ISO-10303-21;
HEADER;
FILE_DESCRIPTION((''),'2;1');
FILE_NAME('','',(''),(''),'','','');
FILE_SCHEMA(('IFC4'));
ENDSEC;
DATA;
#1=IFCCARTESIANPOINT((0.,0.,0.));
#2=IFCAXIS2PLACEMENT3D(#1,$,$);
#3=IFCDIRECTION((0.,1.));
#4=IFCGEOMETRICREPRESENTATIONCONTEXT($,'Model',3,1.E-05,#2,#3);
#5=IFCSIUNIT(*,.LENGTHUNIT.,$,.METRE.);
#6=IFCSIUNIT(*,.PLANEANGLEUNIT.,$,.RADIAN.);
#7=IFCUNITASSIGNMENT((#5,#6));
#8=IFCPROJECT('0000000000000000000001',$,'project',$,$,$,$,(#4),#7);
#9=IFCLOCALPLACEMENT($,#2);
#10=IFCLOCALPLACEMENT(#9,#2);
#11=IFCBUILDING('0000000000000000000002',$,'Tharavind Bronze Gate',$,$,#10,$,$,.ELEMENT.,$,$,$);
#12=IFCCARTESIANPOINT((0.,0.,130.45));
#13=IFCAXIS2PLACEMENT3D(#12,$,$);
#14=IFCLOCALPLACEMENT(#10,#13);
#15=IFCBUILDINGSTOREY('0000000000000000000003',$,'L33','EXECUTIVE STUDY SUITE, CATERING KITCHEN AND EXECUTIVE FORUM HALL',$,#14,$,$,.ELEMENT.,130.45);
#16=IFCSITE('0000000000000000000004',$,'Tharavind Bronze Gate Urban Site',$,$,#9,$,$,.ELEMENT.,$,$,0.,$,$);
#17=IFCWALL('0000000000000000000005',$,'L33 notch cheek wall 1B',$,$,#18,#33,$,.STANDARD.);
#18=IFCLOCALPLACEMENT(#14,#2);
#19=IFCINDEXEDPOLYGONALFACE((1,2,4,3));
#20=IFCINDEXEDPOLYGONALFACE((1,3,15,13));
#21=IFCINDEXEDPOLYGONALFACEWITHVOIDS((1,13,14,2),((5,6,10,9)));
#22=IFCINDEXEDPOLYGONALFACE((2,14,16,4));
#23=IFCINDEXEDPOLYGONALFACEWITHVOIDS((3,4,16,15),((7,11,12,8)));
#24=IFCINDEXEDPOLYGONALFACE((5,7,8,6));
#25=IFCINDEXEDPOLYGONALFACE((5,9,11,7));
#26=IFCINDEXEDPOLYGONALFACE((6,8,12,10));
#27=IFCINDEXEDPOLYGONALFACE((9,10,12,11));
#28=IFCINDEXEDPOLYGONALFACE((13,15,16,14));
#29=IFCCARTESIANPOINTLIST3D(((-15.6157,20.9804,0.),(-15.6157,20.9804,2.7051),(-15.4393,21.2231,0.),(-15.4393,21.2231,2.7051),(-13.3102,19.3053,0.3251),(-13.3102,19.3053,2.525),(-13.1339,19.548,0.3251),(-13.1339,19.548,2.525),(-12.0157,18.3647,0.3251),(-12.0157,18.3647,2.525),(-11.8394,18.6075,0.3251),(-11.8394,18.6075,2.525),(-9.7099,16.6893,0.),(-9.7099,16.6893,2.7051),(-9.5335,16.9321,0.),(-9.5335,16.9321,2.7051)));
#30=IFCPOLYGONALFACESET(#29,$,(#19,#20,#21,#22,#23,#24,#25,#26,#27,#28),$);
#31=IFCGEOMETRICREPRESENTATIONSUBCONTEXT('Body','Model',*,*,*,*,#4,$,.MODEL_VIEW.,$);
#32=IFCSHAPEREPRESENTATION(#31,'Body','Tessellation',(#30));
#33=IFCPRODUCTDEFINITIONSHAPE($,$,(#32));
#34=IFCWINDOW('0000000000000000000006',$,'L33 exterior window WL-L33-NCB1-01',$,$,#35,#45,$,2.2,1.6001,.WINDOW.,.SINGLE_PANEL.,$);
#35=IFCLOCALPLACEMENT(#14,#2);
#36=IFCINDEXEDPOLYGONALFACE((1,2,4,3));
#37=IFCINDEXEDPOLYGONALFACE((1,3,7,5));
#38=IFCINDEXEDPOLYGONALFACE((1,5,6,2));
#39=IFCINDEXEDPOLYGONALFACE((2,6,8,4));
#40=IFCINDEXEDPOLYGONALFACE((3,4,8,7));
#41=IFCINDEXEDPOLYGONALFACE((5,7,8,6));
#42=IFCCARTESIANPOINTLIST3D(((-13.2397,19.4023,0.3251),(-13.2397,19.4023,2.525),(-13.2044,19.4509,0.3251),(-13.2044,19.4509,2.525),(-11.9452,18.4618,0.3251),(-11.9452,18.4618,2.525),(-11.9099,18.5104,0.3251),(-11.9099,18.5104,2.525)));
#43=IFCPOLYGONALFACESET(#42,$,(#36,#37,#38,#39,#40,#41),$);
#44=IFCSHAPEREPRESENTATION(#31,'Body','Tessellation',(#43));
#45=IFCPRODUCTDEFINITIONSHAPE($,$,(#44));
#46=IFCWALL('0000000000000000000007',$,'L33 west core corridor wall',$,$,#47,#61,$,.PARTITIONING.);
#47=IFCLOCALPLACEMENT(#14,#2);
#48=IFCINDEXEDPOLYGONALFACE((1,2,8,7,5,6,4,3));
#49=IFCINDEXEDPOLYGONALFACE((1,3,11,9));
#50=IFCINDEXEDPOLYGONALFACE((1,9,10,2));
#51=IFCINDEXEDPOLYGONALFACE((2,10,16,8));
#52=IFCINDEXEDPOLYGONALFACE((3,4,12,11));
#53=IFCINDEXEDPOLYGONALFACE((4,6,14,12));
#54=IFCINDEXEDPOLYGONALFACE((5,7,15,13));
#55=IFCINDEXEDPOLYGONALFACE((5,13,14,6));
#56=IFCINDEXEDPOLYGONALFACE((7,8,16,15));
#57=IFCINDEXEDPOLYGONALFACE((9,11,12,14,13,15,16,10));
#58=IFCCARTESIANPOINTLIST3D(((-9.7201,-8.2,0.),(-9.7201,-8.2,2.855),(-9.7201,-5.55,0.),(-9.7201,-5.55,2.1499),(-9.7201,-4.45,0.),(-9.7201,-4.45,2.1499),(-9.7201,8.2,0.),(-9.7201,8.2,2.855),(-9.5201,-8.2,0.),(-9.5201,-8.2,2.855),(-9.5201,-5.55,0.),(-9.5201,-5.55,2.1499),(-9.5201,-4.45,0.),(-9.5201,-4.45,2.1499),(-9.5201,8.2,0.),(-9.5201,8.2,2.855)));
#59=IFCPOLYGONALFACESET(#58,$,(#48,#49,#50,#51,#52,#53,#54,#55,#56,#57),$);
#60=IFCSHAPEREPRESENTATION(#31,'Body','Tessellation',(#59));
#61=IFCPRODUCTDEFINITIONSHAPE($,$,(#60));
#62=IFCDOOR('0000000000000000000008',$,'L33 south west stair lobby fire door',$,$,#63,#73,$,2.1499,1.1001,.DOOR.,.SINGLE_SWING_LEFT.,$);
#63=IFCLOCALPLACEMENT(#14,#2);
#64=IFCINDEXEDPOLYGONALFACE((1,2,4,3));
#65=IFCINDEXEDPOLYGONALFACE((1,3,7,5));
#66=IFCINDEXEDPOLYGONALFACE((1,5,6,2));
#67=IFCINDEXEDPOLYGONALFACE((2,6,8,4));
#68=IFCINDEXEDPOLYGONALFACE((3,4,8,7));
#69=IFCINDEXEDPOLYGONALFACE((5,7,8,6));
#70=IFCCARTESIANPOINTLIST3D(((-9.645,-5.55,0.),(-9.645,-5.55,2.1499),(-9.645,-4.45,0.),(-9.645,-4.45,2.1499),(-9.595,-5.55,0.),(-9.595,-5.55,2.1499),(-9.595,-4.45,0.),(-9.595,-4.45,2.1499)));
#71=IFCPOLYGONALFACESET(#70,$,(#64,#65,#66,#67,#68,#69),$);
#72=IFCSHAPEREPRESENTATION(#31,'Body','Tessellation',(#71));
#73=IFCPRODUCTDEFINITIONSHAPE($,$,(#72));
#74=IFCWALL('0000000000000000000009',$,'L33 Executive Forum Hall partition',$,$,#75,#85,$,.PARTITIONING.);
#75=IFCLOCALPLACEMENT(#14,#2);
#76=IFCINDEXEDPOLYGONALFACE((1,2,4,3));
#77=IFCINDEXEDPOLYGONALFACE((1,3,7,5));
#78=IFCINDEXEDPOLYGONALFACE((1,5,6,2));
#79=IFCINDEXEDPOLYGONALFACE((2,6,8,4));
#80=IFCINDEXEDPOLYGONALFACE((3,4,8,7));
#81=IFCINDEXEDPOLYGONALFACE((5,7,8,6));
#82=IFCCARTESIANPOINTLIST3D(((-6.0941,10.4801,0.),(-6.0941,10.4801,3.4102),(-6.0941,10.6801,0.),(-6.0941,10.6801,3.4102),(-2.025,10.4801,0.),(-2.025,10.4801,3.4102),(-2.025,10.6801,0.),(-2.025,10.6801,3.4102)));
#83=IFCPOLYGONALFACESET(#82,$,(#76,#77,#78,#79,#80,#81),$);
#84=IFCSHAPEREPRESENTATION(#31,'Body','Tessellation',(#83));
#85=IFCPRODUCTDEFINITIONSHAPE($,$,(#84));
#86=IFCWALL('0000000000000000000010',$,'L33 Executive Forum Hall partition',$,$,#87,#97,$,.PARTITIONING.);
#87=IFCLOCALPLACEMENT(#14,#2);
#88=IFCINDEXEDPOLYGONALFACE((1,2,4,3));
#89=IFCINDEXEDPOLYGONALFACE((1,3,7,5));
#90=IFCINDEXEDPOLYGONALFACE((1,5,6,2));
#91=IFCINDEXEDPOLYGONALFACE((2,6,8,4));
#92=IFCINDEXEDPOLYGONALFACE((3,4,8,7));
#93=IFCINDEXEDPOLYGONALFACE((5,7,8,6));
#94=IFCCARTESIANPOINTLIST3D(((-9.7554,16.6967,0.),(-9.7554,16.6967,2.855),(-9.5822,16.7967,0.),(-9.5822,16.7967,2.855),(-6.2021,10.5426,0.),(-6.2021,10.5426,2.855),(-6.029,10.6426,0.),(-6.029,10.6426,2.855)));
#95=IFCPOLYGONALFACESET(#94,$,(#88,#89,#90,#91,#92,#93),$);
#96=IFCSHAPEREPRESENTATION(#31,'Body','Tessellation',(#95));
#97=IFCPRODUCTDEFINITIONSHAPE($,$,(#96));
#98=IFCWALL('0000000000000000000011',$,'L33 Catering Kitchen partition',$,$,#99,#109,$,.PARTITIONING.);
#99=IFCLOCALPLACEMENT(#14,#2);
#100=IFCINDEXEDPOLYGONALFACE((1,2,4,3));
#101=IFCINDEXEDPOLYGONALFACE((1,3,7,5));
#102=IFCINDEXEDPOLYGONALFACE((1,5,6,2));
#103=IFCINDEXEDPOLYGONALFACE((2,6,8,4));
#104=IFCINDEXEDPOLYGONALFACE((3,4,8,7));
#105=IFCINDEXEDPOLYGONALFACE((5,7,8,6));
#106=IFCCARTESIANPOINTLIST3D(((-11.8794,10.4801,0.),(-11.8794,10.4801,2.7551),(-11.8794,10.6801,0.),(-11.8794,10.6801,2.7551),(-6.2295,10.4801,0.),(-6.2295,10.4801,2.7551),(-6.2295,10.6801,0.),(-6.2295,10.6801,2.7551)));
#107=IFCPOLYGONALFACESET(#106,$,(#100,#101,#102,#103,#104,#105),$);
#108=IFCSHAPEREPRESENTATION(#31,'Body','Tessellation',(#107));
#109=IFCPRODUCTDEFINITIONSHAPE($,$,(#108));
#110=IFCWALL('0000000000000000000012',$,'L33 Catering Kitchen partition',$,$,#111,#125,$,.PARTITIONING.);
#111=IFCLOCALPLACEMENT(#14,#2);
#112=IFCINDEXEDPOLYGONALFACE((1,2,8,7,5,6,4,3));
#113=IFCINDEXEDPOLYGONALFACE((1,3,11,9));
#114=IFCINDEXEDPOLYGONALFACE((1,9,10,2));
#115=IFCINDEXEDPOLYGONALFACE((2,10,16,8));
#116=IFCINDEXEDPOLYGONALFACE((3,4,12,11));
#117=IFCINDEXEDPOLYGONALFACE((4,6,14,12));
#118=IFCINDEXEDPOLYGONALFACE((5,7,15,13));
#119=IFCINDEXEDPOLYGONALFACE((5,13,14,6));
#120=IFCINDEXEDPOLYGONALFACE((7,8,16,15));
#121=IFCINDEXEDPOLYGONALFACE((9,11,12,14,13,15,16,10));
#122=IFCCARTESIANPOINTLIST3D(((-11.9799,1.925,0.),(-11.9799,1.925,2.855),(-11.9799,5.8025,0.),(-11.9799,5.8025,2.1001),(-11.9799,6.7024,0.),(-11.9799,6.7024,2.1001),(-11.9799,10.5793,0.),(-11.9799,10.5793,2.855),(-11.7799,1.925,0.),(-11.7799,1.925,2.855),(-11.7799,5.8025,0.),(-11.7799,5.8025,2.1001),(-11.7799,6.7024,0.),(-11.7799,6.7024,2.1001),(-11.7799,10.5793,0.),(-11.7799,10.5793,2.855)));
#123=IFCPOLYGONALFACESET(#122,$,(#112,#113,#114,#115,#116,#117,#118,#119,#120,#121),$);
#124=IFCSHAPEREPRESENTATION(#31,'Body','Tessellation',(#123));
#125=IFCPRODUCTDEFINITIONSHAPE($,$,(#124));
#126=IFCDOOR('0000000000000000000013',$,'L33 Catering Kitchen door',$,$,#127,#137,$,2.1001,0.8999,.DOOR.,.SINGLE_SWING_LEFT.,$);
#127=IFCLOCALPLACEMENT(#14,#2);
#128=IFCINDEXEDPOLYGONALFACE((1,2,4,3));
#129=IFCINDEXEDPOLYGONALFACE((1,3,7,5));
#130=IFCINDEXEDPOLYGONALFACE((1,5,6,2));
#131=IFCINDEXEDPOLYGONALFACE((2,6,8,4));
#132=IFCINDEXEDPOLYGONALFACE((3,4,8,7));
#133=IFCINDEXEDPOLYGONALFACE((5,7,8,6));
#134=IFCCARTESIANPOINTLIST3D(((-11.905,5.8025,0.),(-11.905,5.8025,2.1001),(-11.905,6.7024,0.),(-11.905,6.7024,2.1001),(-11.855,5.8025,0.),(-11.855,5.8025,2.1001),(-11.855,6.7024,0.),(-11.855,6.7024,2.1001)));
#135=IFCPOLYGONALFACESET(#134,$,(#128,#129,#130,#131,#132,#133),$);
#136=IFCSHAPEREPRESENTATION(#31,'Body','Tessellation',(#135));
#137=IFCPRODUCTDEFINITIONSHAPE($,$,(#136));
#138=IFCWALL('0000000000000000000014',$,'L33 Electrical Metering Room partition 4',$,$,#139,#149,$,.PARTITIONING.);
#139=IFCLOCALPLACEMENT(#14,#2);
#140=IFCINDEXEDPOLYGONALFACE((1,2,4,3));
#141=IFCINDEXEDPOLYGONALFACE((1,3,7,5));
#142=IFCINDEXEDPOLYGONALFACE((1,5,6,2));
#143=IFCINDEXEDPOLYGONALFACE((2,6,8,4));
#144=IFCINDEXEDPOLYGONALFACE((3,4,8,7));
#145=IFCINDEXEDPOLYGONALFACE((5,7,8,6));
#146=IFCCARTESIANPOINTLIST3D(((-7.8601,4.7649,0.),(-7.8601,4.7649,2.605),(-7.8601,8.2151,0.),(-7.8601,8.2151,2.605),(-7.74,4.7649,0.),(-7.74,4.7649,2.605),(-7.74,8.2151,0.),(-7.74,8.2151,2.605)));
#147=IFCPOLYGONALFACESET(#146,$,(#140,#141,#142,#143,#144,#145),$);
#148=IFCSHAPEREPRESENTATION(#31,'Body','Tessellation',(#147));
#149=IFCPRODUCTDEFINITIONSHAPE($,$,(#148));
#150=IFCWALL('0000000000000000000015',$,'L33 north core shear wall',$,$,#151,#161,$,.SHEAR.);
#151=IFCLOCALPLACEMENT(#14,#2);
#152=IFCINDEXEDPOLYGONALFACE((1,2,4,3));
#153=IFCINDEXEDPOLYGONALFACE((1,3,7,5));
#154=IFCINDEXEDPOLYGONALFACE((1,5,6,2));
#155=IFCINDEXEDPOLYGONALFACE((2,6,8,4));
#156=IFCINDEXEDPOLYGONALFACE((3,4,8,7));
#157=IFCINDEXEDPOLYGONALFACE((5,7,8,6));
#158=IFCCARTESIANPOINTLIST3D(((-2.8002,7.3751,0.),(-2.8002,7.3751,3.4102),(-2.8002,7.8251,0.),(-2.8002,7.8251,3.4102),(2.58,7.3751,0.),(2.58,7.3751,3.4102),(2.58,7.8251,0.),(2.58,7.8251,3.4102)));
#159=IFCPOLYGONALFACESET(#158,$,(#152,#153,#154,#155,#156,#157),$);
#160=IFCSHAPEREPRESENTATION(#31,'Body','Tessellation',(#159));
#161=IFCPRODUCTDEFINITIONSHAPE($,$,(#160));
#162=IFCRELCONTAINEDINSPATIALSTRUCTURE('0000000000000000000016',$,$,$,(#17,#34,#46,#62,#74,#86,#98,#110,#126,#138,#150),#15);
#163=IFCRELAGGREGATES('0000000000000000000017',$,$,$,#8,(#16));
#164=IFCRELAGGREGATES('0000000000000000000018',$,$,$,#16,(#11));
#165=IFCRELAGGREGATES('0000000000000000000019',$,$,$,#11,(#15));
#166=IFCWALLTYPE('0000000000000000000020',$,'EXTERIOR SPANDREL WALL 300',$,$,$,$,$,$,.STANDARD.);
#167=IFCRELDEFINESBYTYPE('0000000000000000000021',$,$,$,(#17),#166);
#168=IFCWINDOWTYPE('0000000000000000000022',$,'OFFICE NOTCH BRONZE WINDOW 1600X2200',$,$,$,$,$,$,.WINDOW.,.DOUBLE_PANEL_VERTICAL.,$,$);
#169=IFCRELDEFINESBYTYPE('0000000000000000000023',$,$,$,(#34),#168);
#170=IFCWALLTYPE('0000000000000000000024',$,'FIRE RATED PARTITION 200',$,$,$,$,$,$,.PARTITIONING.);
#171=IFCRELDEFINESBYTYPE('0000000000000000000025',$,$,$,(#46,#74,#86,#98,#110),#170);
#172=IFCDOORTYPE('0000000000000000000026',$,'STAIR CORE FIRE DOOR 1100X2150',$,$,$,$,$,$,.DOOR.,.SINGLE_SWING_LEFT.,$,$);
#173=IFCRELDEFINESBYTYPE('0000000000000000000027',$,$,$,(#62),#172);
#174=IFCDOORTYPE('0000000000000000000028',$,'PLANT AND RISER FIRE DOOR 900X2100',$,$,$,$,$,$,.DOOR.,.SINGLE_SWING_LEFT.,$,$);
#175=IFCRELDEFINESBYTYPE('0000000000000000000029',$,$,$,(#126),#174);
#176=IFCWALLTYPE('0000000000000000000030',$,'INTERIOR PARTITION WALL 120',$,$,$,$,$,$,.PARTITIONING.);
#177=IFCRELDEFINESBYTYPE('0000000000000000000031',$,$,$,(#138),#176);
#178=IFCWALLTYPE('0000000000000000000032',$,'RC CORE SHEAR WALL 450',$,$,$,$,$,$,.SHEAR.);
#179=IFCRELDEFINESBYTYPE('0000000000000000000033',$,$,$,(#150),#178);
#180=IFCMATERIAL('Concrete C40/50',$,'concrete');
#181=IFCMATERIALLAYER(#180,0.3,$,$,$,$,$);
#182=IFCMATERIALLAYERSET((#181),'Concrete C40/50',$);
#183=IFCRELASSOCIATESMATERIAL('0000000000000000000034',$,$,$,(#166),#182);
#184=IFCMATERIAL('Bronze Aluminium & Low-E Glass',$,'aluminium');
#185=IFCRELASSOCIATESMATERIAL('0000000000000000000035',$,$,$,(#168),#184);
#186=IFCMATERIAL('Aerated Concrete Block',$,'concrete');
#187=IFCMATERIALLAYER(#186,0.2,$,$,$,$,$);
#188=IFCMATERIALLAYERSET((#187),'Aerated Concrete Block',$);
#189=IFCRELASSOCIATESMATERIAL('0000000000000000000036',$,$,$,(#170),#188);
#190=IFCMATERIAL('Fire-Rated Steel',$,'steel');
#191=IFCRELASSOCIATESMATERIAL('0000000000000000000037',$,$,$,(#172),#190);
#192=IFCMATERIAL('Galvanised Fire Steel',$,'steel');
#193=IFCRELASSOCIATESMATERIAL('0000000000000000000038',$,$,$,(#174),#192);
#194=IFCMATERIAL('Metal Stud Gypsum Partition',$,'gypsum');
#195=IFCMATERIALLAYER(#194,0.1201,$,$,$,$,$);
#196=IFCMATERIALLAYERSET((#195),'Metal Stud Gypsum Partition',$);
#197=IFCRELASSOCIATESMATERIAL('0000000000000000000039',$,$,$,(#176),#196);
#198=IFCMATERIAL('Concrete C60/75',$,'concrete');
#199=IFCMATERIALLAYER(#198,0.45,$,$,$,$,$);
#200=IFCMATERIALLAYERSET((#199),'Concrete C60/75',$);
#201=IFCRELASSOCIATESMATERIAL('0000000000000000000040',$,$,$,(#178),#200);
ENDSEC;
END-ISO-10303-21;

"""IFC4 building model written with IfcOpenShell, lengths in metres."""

from ifc_helpers import new_model, si_unit, direction, frame, frame_2d, origin, place, context, subcontext, project, spatial, rectangle, extrude, material, layer, layer_set, type_object, element, fill, save


model = new_model("IFC4")

# Units and contexts
model_context = context("Model", 3, precision=1e-05, world=origin(), true_north=direction((0.0, 1.0)))
body_context = subcontext(model_context, "Body", "Model", "MODEL_VIEW")
ifc_project = project(units=[si_unit("LENGTHUNIT", "METRE"), si_unit("PLANEANGLEUNIT", "RADIAN")], contexts=[model_context])

# Site, building, storey
site_placement = place(None, origin())
site = spatial("IfcSite", under=ifc_project, at=site_placement, Name="Tharavind Bronze Gate Urban Site", CompositionType="ELEMENT", RefElevation=0.0)
building_placement = place(site_placement, origin())
building = spatial("IfcBuilding", under=site, at=building_placement, Name="Tharavind Bronze Gate", CompositionType="ELEMENT")
storey_placement = place(building_placement, frame((0.0, 0.0, 130.45)))
storey = spatial("IfcBuildingStorey", under=building, at=storey_placement, Name="L33", Description="EXECUTIVE STUDY SUITE, CATERING KITCHEN AND EXECUTIVE FORUM HALL", CompositionType="ELEMENT", Elevation=130.45)

# Wall, opening, window
ifc_material_1 = material(Name="Concrete C40/50", Category="concrete")
ifc_layer_1 = layer(ifc_material_1, 0.3)
ifc_layer_set_1 = layer_set([ifc_layer_1], Name="Concrete C40/50")
wall_type_1 = type_object("IfcWallType", Name="EXTERIOR SPANDREL WALL 300", PredefinedType="STANDARD", material=ifc_layer_set_1)
wall_1_placement = place(storey_placement, frame((-9.6218, 16.8108, 0.0), z_axis=(0.0, 0.0, 1.0), x_axis=(-0.809002, 0.587806, 0.0)))
wall_1 = element("IfcWall", 1, at=wall_1_placement, inside=storey, type_object=wall_type_1, Name="L33 notch cheek wall 1B", PredefinedType="STANDARD", context=body_context, shape_type="SweptSolid", body=[
    extrude(rectangle(XDim=7.3, YDim=0.3, at=frame_2d((3.6499, 0.0))), origin(), (0.0, 0.0, 1.0), 2.7051),
])
opening_1_placement = place(wall_1_placement, frame((2.8501, 0.0, 0.325)))
opening_1 = element("IfcOpeningElement", 2, at=opening_1_placement, cuts=wall_1, PredefinedType="OPENING", context=body_context, shape_type="SweptSolid", body=[
    extrude(rectangle(XDim=1.6001, YDim=2.2, at=frame_2d((0.8, 1.1001))), frame((0.0, 0.1599, 0.0), z_axis=(0.0, -1.0, 0.0), x_axis=(1.0, 0.0, 0.0)), (0.0, 0.0, 1.0), 0.32),
])
ifc_material_2 = material(Name="Bronze Aluminium & Low-E Glass", Category="aluminium")
window_type = type_object("IfcWindowType", Name="OFFICE NOTCH BRONZE WINDOW 1600X2200", PartitioningType="DOUBLE_PANEL_VERTICAL", PredefinedType="WINDOW", material=ifc_material_2)
window_placement = place(opening_1_placement, origin())
window = element("IfcWindow", 3, at=window_placement, inside=storey, type_object=window_type, Name="L33 exterior window WL-L33-NCB1-01", OverallHeight=2.2, OverallWidth=1.6001, PartitioningType="SINGLE_PANEL", PredefinedType="WINDOW", context=body_context, shape_type="SweptSolid", body=[
    extrude(rectangle(XDim=1.6001, YDim=2.2, at=frame_2d((0.8, 1.1001))), frame((0.0, 0.03, 0.0), z_axis=(0.0, -1.0, 0.0), x_axis=(1.0, 0.0, 0.0)), (0.0, 0.0, 1.0), 0.0601),
])
fill(opening_1, window)

# Wall, opening, door
ifc_material_3 = material(Name="Aerated Concrete Block", Category="concrete")
ifc_layer_2 = layer(ifc_material_3, 0.2)
ifc_layer_set_2 = layer_set([ifc_layer_2], Name="Aerated Concrete Block")
wall_type_2 = type_object("IfcWallType", Name="FIRE RATED PARTITION 200", PredefinedType="PARTITIONING", material=ifc_layer_set_2)
wall_2_placement = place(storey_placement, frame((-9.6201, 8.2, 0.0), z_axis=(0.0, 0.0, 1.0), x_axis=(0.0, -1.0, 0.0)))
wall_2 = element("IfcWall", 4, at=wall_2_placement, inside=storey, type_object=wall_type_2, Name="L33 west core corridor wall", PredefinedType="PARTITIONING", context=body_context, shape_type="SweptSolid", body=[
    extrude(rectangle(XDim=16.3999, YDim=0.2, at=frame_2d((8.2, 0.0))), origin(), (0.0, 0.0, 1.0), 2.855),
])
opening_2_placement = place(wall_2_placement, frame((12.6499, 0.0, 0.0)))
opening_2 = element("IfcOpeningElement", 5, at=opening_2_placement, cuts=wall_2, PredefinedType="OPENING", context=body_context, shape_type="SweptSolid", body=[
    extrude(rectangle(XDim=1.1001, YDim=2.1499, at=frame_2d((0.55, 1.075))), frame((0.0, 0.1101, 0.0), z_axis=(0.0, -1.0, 0.0), x_axis=(1.0, 0.0, 0.0)), (0.0, 0.0, 1.0), 0.22),
])
ifc_material_4 = material(Name="Fire-Rated Steel", Category="steel")
door_type_1 = type_object("IfcDoorType", Name="STAIR CORE FIRE DOOR 1100X2150", OperationType="SINGLE_SWING_LEFT", PredefinedType="DOOR", material=ifc_material_4)
door_1_placement = place(opening_2_placement, frame((1.1001, 0.0, 0.0), z_axis=(0.0, 0.0, 1.0), x_axis=(-1.0, 0.0, 0.0)))
door_1 = element("IfcDoor", 6, at=door_1_placement, inside=storey, type_object=door_type_1, Name="L33 south west stair lobby fire door", OperationType="SINGLE_SWING_LEFT", OverallHeight=2.1499, OverallWidth=1.1001, PredefinedType="DOOR", context=body_context, shape_type="SweptSolid", body=[
    extrude(rectangle(XDim=1.1001, YDim=2.1499, at=frame_2d((0.55, 1.075))), frame((0.0, 0.0249, 0.0), z_axis=(0.0, -1.0, 0.0), x_axis=(1.0, 0.0, 0.0)), (0.0, 0.0, 1.0), 0.05),
])
fill(opening_2, door_1)

# Walls
wall_3_placement = place(storey_placement, frame((-2.0249, 10.5801, 0.0), z_axis=(0.0, 0.0, 1.0), x_axis=(-1.0, 0.0, 0.0)))
element("IfcWall", 7, at=wall_3_placement, inside=storey, type_object=wall_type_2, Name="L33 Executive Forum Hall partition", PredefinedType="PARTITIONING", context=body_context, shape_type="SweptSolid", body=[
    extrude(rectangle(XDim=4.0691, YDim=0.2, at=frame_2d((2.0347, 0.0))), origin(), (0.0, 0.0, 1.0), 3.4102),
])
wall_4_placement = place(storey_placement, frame((-6.1155, 10.5925, 0.0), z_axis=(0.0, 0.0, 1.0), x_axis=(-0.500019, 0.866015, 0.0)))
element("IfcWall", 8, at=wall_4_placement, inside=storey, type_object=wall_type_2, Name="L33 Executive Forum Hall partition", PredefinedType="PARTITIONING", context=body_context, shape_type="SweptSolid", body=[
    extrude(rectangle(XDim=7.1062, YDim=0.2, at=frame_2d((3.5532, 0.0))), origin(), (0.0, 0.0, 1.0), 2.855),
])
wall_5_placement = place(storey_placement, frame((-6.2295, 10.5801, 0.0), z_axis=(0.0, 0.0, 1.0), x_axis=(-1.0, 0.0, 0.0)))
element("IfcWall", 9, at=wall_5_placement, inside=storey, type_object=wall_type_2, Name="L33 Catering Kitchen partition", PredefinedType="PARTITIONING", context=body_context, shape_type="SweptSolid", body=[
    extrude(rectangle(XDim=5.6499, YDim=0.2, at=frame_2d((2.825, 0.0))), origin(), (0.0, 0.0, 1.0), 2.7551),
])

# Wall, opening, door
wall_6_placement = place(storey_placement, frame((-11.8799, 10.5793, 0.0), z_axis=(0.0, 0.0, 1.0), x_axis=(0.0, -1.0, 0.0)))
wall_6 = element("IfcWall", 10, at=wall_6_placement, inside=storey, type_object=wall_type_2, Name="L33 Catering Kitchen partition", PredefinedType="PARTITIONING", context=body_context, shape_type="SweptSolid", body=[
    extrude(rectangle(XDim=8.6543, YDim=0.2, at=frame_2d((4.3271, 0.0))), origin(), (0.0, 0.0, 1.0), 2.855),
])
opening_3_placement = place(wall_6_placement, frame((3.877, 0.0, 0.0)))
opening_3 = element("IfcOpeningElement", 11, at=opening_3_placement, cuts=wall_6, PredefinedType="OPENING", context=body_context, shape_type="SweptSolid", body=[
    extrude(rectangle(XDim=0.8999, YDim=2.1001, at=frame_2d((0.45, 1.05))), frame((0.0, 0.1101, 0.0), z_axis=(0.0, -1.0, 0.0), x_axis=(1.0, 0.0, 0.0)), (0.0, 0.0, 1.0), 0.22),
])
ifc_material_5 = material(Name="Galvanised Fire Steel", Category="steel")
door_type_2 = type_object("IfcDoorType", Name="PLANT AND RISER FIRE DOOR 900X2100", OperationType="SINGLE_SWING_LEFT", PredefinedType="DOOR", material=ifc_material_5)
door_2_placement = place(opening_3_placement, origin())
door_2 = element("IfcDoor", 12, at=door_2_placement, inside=storey, type_object=door_type_2, Name="L33 Catering Kitchen door", OperationType="SINGLE_SWING_LEFT", OverallHeight=2.1001, OverallWidth=0.8999, PredefinedType="DOOR", context=body_context, shape_type="SweptSolid", body=[
    extrude(rectangle(XDim=0.8999, YDim=2.1001, at=frame_2d((0.45, 1.05))), frame((0.0, 0.0249, 0.0), z_axis=(0.0, -1.0, 0.0), x_axis=(1.0, 0.0, 0.0)), (0.0, 0.0, 1.0), 0.05),
])
fill(opening_3, door_2)

# Walls
ifc_material_6 = material(Name="Metal Stud Gypsum Partition", Category="gypsum")
ifc_layer_3 = layer(ifc_material_6, 0.1201)
ifc_layer_set_3 = layer_set([ifc_layer_3], Name="Metal Stud Gypsum Partition")
wall_type_3 = type_object("IfcWallType", Name="INTERIOR PARTITION WALL 120", PredefinedType="PARTITIONING", material=ifc_layer_set_3)
wall_7_placement = place(storey_placement, frame((-7.8, 8.2151, 0.0), z_axis=(0.0, 0.0, 1.0), x_axis=(0.0, -1.0, 0.0)))
element("IfcWall", 13, at=wall_7_placement, inside=storey, type_object=wall_type_3, Name="L33 Electrical Metering Room partition 4", PredefinedType="PARTITIONING", context=body_context, shape_type="SweptSolid", body=[
    extrude(rectangle(XDim=3.4502, YDim=0.1201, at=frame_2d((1.7251, 0.0))), origin(), (0.0, 0.0, 1.0), 2.605),
])
ifc_material_7 = material(Name="Concrete C60/75", Category="concrete")
ifc_layer_4 = layer(ifc_material_7, 0.45)
ifc_layer_set_4 = layer_set([ifc_layer_4], Name="Concrete C60/75")
wall_type_4 = type_object("IfcWallType", Name="RC CORE SHEAR WALL 450", PredefinedType="SHEAR", material=ifc_layer_set_4)
wall_8_placement = place(storey_placement, frame((-2.8, 7.6001, 0.0), z_axis=(0.0, 0.0, 1.0), x_axis=(1.0, 0.0, 0.0)))
element("IfcWall", 14, at=wall_8_placement, inside=storey, type_object=wall_type_4, Name="L33 north core shear wall", PredefinedType="SHEAR", context=body_context, shape_type="SweptSolid", body=[
    extrude(rectangle(XDim=5.3801, YDim=0.45, at=frame_2d((2.6899, 0.0))), origin(), (0.0, 0.0, 1.0), 3.4102),
])

save(model, "model.ifc")
